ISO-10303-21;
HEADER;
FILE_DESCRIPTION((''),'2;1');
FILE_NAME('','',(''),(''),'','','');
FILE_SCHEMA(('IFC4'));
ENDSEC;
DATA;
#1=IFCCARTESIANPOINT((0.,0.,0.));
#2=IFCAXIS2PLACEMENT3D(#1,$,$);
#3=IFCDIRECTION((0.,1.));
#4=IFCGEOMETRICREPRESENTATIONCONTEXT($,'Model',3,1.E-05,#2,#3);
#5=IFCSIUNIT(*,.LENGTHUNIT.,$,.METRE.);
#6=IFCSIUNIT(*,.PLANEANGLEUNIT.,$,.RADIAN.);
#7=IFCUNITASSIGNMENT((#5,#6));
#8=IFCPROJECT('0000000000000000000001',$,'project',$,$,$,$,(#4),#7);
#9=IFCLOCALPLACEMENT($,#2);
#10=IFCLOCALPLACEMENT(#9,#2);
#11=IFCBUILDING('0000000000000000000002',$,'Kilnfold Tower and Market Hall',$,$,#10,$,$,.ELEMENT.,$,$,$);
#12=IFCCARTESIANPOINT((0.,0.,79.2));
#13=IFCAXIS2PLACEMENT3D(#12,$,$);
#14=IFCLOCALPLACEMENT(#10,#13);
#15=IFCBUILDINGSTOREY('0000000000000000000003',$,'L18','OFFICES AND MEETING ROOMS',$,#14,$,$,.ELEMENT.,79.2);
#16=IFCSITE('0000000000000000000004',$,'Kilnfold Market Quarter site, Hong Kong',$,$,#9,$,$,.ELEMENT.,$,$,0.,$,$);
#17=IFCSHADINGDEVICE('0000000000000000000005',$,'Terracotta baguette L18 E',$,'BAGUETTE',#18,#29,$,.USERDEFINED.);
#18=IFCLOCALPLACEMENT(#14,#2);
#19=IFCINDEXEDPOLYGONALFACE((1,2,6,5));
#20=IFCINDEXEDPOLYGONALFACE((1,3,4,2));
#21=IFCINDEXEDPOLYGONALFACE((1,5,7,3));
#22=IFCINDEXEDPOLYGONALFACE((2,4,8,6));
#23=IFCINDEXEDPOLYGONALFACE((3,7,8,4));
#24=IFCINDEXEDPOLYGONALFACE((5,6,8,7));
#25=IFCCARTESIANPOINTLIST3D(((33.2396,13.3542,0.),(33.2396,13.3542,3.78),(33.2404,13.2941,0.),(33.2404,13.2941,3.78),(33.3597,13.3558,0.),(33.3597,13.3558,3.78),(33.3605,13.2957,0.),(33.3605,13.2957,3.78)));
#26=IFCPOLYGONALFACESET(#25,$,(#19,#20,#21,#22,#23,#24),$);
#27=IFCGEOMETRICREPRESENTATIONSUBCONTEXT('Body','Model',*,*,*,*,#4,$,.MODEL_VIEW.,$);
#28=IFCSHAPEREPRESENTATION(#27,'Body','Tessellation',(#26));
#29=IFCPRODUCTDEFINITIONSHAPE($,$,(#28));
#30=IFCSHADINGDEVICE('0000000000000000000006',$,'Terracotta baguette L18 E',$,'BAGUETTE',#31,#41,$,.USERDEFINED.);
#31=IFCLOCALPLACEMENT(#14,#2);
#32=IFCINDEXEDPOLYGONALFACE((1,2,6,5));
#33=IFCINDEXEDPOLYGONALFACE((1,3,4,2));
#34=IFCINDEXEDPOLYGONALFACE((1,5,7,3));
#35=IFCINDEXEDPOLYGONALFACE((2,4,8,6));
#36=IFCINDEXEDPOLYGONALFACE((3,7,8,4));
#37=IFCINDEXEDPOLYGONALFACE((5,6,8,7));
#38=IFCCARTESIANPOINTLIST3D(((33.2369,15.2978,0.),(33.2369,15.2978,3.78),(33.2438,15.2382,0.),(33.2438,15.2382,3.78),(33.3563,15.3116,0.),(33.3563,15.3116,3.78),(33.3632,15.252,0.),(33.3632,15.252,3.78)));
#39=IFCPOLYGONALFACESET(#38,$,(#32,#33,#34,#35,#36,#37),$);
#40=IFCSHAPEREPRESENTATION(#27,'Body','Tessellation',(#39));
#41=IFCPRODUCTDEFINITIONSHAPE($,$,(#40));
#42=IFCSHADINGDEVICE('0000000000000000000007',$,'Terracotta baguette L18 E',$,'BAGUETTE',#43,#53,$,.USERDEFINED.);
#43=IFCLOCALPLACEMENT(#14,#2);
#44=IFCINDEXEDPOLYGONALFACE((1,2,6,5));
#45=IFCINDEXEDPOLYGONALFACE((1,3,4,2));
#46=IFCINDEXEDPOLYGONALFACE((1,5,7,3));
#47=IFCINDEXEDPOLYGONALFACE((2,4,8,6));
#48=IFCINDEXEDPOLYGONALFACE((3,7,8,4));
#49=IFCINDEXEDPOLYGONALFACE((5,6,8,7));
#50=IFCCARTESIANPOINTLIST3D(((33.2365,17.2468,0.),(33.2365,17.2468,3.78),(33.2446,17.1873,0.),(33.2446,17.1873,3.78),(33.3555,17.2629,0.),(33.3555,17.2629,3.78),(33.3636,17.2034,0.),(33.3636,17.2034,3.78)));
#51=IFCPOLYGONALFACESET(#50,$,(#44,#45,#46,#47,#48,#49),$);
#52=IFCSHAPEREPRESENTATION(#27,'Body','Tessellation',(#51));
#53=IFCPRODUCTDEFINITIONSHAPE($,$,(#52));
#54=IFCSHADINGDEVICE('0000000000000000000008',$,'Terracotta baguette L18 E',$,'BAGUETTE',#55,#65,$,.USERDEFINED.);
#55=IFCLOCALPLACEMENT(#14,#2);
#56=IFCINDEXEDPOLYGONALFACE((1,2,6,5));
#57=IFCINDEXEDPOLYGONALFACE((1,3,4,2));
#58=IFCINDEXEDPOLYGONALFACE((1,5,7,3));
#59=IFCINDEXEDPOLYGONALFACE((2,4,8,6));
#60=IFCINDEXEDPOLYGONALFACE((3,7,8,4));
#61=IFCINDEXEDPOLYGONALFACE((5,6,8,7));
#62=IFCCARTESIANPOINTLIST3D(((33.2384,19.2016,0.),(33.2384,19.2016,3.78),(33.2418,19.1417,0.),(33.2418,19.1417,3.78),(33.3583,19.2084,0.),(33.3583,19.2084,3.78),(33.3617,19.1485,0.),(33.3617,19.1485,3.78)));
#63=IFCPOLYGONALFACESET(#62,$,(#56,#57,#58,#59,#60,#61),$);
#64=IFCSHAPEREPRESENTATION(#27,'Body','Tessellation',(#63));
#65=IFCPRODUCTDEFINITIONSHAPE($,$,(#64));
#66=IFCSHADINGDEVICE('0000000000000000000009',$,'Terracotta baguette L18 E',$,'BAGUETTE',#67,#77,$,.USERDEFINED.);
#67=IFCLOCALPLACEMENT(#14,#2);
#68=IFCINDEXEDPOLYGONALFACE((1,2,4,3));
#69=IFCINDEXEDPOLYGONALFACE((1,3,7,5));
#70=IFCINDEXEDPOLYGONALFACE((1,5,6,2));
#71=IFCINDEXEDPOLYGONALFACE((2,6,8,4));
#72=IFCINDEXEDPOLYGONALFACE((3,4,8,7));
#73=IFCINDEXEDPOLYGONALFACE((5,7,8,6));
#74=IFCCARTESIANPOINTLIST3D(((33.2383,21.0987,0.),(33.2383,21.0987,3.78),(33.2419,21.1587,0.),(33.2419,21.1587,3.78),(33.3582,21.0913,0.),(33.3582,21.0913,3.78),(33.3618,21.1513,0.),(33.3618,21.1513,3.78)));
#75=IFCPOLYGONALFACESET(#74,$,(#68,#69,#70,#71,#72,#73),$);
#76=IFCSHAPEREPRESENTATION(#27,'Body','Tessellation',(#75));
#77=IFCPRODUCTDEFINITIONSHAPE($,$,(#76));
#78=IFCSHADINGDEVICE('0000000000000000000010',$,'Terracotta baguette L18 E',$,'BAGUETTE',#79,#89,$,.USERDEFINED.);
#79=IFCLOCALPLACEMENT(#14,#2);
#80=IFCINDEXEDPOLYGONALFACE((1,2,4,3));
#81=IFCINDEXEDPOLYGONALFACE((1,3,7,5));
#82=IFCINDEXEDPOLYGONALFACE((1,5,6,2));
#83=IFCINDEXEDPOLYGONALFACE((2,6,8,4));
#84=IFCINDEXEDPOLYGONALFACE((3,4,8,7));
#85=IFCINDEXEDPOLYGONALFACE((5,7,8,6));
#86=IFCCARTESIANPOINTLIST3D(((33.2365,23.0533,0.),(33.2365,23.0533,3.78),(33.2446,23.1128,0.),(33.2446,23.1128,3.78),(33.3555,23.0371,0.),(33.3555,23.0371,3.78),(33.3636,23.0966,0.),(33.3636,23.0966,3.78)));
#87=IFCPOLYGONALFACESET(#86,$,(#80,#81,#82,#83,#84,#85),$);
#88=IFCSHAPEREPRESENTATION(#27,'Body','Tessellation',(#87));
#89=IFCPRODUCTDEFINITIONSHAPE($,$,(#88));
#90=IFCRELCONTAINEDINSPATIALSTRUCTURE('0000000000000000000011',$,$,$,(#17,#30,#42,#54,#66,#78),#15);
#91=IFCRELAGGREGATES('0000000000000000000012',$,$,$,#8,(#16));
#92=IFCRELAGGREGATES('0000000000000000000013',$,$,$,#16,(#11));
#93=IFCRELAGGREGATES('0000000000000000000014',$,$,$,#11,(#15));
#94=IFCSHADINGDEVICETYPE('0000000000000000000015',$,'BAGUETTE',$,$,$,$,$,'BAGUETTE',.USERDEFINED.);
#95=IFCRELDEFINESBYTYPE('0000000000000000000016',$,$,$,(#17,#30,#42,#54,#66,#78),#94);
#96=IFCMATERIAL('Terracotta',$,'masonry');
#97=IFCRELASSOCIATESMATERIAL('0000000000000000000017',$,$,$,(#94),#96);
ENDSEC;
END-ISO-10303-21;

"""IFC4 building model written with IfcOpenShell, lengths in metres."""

from ifc_helpers import new_model, si_unit, direction, frame, origin, origin_2d, place, context, subcontext, project, spatial, rectangle, extrude, source, transform, mapped, material, material_profile, profile_set, type_object, element, save


model = new_model("IFC4")

# Units and contexts
model_context = context("Model", 3, precision=1e-05, world=origin(), true_north=direction((0.0, 1.0)))
body_context = subcontext(model_context, "Body", "Model", "MODEL_VIEW")
ifc_project = project(units=[si_unit("LENGTHUNIT", "METRE"), si_unit("PLANEANGLEUNIT", "RADIAN")], contexts=[model_context])

# Site, building, storey
site_placement = place(None, origin())
site = spatial("IfcSite", under=ifc_project, at=site_placement, Name="Kilnfold Market Quarter site, Hong Kong", CompositionType="ELEMENT", RefElevation=0.0)
building_placement = place(site_placement, origin())
building = spatial("IfcBuilding", under=site, at=building_placement, Name="Kilnfold Tower and Market Hall", CompositionType="ELEMENT")
storey_placement = place(building_placement, frame((0.0, 0.0, 79.2)))
storey = spatial("IfcBuildingStorey", under=building, at=storey_placement, Name="L18", Description="OFFICES AND MEETING ROOMS", CompositionType="ELEMENT", Elevation=79.2)

# Shading devices
ifc_material_1 = material(Name="Terracotta", Category="masonry")
ifc_material_profile_1 = material_profile(ifc_material_1, rectangle(XDim=0.0601, YDim=0.1201, at=origin_2d()), Name="BAG 60x120")
ifc_profile_set_1 = profile_set([ifc_material_profile_1], Name="Terracotta")
shading_device_type = type_object("IfcShadingDeviceType", Name="BAGUETTE", ElementType="BAGUETTE", PredefinedType="USERDEFINED", material=ifc_profile_set_1)
shared_shape_1 = source(origin(), body_context, "Body", "SweptSolid", [
    extrude(rectangle(XDim=0.0601, YDim=0.1201, at=origin_2d()), origin(), (0.0, 0.0, 1.0), 3.78),
])
for number, where, z_axis, x_axis, name in (
    (1, (33.3, 13.325, 0.0), (0.0, 0.0, 1.0), (-0.013435, 0.99991, 0.0), "Terracotta baguette L18 E"),
    (2, (33.3, 15.2749, 0.0), (0.0, 0.0, 1.0), (-0.115041, 0.993361, 0.0), "Terracotta baguette L18 E"),
    (3, (33.3, 17.2251, 0.0), (0.0, 0.0, 1.0), (-0.133941, 0.990989, 0.0), "Terracotta baguette L18 E"),
    (4, (33.3, 19.175, 0.0), (0.0, 0.0, 1.0), (-0.056871, 0.998382, 0.0), "Terracotta baguette L18 E"),
    (5, (33.3, 21.125, 0.0), (0.0, 0.0, 1.0), (0.061374, 0.998115, 0.0), "Terracotta baguette L18 E"),
    (6, (33.3, 23.075, 0.0), (0.0, 0.0, 1.0), (0.135202, 0.990818, 0.0), "Terracotta baguette L18 E"),
):
    element("IfcShadingDevice", number, at=place(storey_placement, frame(where, z_axis=z_axis, x_axis=x_axis)), inside=storey, type_object=shading_device_type, Name=name, ObjectType="BAGUETTE", PredefinedType="USERDEFINED", context=body_context, shape_type="MappedRepresentation", body=[
        mapped(shared_shape_1, transform((0.0, 0.0, 0.0))),
    ])

save(model, "model.ifc")
